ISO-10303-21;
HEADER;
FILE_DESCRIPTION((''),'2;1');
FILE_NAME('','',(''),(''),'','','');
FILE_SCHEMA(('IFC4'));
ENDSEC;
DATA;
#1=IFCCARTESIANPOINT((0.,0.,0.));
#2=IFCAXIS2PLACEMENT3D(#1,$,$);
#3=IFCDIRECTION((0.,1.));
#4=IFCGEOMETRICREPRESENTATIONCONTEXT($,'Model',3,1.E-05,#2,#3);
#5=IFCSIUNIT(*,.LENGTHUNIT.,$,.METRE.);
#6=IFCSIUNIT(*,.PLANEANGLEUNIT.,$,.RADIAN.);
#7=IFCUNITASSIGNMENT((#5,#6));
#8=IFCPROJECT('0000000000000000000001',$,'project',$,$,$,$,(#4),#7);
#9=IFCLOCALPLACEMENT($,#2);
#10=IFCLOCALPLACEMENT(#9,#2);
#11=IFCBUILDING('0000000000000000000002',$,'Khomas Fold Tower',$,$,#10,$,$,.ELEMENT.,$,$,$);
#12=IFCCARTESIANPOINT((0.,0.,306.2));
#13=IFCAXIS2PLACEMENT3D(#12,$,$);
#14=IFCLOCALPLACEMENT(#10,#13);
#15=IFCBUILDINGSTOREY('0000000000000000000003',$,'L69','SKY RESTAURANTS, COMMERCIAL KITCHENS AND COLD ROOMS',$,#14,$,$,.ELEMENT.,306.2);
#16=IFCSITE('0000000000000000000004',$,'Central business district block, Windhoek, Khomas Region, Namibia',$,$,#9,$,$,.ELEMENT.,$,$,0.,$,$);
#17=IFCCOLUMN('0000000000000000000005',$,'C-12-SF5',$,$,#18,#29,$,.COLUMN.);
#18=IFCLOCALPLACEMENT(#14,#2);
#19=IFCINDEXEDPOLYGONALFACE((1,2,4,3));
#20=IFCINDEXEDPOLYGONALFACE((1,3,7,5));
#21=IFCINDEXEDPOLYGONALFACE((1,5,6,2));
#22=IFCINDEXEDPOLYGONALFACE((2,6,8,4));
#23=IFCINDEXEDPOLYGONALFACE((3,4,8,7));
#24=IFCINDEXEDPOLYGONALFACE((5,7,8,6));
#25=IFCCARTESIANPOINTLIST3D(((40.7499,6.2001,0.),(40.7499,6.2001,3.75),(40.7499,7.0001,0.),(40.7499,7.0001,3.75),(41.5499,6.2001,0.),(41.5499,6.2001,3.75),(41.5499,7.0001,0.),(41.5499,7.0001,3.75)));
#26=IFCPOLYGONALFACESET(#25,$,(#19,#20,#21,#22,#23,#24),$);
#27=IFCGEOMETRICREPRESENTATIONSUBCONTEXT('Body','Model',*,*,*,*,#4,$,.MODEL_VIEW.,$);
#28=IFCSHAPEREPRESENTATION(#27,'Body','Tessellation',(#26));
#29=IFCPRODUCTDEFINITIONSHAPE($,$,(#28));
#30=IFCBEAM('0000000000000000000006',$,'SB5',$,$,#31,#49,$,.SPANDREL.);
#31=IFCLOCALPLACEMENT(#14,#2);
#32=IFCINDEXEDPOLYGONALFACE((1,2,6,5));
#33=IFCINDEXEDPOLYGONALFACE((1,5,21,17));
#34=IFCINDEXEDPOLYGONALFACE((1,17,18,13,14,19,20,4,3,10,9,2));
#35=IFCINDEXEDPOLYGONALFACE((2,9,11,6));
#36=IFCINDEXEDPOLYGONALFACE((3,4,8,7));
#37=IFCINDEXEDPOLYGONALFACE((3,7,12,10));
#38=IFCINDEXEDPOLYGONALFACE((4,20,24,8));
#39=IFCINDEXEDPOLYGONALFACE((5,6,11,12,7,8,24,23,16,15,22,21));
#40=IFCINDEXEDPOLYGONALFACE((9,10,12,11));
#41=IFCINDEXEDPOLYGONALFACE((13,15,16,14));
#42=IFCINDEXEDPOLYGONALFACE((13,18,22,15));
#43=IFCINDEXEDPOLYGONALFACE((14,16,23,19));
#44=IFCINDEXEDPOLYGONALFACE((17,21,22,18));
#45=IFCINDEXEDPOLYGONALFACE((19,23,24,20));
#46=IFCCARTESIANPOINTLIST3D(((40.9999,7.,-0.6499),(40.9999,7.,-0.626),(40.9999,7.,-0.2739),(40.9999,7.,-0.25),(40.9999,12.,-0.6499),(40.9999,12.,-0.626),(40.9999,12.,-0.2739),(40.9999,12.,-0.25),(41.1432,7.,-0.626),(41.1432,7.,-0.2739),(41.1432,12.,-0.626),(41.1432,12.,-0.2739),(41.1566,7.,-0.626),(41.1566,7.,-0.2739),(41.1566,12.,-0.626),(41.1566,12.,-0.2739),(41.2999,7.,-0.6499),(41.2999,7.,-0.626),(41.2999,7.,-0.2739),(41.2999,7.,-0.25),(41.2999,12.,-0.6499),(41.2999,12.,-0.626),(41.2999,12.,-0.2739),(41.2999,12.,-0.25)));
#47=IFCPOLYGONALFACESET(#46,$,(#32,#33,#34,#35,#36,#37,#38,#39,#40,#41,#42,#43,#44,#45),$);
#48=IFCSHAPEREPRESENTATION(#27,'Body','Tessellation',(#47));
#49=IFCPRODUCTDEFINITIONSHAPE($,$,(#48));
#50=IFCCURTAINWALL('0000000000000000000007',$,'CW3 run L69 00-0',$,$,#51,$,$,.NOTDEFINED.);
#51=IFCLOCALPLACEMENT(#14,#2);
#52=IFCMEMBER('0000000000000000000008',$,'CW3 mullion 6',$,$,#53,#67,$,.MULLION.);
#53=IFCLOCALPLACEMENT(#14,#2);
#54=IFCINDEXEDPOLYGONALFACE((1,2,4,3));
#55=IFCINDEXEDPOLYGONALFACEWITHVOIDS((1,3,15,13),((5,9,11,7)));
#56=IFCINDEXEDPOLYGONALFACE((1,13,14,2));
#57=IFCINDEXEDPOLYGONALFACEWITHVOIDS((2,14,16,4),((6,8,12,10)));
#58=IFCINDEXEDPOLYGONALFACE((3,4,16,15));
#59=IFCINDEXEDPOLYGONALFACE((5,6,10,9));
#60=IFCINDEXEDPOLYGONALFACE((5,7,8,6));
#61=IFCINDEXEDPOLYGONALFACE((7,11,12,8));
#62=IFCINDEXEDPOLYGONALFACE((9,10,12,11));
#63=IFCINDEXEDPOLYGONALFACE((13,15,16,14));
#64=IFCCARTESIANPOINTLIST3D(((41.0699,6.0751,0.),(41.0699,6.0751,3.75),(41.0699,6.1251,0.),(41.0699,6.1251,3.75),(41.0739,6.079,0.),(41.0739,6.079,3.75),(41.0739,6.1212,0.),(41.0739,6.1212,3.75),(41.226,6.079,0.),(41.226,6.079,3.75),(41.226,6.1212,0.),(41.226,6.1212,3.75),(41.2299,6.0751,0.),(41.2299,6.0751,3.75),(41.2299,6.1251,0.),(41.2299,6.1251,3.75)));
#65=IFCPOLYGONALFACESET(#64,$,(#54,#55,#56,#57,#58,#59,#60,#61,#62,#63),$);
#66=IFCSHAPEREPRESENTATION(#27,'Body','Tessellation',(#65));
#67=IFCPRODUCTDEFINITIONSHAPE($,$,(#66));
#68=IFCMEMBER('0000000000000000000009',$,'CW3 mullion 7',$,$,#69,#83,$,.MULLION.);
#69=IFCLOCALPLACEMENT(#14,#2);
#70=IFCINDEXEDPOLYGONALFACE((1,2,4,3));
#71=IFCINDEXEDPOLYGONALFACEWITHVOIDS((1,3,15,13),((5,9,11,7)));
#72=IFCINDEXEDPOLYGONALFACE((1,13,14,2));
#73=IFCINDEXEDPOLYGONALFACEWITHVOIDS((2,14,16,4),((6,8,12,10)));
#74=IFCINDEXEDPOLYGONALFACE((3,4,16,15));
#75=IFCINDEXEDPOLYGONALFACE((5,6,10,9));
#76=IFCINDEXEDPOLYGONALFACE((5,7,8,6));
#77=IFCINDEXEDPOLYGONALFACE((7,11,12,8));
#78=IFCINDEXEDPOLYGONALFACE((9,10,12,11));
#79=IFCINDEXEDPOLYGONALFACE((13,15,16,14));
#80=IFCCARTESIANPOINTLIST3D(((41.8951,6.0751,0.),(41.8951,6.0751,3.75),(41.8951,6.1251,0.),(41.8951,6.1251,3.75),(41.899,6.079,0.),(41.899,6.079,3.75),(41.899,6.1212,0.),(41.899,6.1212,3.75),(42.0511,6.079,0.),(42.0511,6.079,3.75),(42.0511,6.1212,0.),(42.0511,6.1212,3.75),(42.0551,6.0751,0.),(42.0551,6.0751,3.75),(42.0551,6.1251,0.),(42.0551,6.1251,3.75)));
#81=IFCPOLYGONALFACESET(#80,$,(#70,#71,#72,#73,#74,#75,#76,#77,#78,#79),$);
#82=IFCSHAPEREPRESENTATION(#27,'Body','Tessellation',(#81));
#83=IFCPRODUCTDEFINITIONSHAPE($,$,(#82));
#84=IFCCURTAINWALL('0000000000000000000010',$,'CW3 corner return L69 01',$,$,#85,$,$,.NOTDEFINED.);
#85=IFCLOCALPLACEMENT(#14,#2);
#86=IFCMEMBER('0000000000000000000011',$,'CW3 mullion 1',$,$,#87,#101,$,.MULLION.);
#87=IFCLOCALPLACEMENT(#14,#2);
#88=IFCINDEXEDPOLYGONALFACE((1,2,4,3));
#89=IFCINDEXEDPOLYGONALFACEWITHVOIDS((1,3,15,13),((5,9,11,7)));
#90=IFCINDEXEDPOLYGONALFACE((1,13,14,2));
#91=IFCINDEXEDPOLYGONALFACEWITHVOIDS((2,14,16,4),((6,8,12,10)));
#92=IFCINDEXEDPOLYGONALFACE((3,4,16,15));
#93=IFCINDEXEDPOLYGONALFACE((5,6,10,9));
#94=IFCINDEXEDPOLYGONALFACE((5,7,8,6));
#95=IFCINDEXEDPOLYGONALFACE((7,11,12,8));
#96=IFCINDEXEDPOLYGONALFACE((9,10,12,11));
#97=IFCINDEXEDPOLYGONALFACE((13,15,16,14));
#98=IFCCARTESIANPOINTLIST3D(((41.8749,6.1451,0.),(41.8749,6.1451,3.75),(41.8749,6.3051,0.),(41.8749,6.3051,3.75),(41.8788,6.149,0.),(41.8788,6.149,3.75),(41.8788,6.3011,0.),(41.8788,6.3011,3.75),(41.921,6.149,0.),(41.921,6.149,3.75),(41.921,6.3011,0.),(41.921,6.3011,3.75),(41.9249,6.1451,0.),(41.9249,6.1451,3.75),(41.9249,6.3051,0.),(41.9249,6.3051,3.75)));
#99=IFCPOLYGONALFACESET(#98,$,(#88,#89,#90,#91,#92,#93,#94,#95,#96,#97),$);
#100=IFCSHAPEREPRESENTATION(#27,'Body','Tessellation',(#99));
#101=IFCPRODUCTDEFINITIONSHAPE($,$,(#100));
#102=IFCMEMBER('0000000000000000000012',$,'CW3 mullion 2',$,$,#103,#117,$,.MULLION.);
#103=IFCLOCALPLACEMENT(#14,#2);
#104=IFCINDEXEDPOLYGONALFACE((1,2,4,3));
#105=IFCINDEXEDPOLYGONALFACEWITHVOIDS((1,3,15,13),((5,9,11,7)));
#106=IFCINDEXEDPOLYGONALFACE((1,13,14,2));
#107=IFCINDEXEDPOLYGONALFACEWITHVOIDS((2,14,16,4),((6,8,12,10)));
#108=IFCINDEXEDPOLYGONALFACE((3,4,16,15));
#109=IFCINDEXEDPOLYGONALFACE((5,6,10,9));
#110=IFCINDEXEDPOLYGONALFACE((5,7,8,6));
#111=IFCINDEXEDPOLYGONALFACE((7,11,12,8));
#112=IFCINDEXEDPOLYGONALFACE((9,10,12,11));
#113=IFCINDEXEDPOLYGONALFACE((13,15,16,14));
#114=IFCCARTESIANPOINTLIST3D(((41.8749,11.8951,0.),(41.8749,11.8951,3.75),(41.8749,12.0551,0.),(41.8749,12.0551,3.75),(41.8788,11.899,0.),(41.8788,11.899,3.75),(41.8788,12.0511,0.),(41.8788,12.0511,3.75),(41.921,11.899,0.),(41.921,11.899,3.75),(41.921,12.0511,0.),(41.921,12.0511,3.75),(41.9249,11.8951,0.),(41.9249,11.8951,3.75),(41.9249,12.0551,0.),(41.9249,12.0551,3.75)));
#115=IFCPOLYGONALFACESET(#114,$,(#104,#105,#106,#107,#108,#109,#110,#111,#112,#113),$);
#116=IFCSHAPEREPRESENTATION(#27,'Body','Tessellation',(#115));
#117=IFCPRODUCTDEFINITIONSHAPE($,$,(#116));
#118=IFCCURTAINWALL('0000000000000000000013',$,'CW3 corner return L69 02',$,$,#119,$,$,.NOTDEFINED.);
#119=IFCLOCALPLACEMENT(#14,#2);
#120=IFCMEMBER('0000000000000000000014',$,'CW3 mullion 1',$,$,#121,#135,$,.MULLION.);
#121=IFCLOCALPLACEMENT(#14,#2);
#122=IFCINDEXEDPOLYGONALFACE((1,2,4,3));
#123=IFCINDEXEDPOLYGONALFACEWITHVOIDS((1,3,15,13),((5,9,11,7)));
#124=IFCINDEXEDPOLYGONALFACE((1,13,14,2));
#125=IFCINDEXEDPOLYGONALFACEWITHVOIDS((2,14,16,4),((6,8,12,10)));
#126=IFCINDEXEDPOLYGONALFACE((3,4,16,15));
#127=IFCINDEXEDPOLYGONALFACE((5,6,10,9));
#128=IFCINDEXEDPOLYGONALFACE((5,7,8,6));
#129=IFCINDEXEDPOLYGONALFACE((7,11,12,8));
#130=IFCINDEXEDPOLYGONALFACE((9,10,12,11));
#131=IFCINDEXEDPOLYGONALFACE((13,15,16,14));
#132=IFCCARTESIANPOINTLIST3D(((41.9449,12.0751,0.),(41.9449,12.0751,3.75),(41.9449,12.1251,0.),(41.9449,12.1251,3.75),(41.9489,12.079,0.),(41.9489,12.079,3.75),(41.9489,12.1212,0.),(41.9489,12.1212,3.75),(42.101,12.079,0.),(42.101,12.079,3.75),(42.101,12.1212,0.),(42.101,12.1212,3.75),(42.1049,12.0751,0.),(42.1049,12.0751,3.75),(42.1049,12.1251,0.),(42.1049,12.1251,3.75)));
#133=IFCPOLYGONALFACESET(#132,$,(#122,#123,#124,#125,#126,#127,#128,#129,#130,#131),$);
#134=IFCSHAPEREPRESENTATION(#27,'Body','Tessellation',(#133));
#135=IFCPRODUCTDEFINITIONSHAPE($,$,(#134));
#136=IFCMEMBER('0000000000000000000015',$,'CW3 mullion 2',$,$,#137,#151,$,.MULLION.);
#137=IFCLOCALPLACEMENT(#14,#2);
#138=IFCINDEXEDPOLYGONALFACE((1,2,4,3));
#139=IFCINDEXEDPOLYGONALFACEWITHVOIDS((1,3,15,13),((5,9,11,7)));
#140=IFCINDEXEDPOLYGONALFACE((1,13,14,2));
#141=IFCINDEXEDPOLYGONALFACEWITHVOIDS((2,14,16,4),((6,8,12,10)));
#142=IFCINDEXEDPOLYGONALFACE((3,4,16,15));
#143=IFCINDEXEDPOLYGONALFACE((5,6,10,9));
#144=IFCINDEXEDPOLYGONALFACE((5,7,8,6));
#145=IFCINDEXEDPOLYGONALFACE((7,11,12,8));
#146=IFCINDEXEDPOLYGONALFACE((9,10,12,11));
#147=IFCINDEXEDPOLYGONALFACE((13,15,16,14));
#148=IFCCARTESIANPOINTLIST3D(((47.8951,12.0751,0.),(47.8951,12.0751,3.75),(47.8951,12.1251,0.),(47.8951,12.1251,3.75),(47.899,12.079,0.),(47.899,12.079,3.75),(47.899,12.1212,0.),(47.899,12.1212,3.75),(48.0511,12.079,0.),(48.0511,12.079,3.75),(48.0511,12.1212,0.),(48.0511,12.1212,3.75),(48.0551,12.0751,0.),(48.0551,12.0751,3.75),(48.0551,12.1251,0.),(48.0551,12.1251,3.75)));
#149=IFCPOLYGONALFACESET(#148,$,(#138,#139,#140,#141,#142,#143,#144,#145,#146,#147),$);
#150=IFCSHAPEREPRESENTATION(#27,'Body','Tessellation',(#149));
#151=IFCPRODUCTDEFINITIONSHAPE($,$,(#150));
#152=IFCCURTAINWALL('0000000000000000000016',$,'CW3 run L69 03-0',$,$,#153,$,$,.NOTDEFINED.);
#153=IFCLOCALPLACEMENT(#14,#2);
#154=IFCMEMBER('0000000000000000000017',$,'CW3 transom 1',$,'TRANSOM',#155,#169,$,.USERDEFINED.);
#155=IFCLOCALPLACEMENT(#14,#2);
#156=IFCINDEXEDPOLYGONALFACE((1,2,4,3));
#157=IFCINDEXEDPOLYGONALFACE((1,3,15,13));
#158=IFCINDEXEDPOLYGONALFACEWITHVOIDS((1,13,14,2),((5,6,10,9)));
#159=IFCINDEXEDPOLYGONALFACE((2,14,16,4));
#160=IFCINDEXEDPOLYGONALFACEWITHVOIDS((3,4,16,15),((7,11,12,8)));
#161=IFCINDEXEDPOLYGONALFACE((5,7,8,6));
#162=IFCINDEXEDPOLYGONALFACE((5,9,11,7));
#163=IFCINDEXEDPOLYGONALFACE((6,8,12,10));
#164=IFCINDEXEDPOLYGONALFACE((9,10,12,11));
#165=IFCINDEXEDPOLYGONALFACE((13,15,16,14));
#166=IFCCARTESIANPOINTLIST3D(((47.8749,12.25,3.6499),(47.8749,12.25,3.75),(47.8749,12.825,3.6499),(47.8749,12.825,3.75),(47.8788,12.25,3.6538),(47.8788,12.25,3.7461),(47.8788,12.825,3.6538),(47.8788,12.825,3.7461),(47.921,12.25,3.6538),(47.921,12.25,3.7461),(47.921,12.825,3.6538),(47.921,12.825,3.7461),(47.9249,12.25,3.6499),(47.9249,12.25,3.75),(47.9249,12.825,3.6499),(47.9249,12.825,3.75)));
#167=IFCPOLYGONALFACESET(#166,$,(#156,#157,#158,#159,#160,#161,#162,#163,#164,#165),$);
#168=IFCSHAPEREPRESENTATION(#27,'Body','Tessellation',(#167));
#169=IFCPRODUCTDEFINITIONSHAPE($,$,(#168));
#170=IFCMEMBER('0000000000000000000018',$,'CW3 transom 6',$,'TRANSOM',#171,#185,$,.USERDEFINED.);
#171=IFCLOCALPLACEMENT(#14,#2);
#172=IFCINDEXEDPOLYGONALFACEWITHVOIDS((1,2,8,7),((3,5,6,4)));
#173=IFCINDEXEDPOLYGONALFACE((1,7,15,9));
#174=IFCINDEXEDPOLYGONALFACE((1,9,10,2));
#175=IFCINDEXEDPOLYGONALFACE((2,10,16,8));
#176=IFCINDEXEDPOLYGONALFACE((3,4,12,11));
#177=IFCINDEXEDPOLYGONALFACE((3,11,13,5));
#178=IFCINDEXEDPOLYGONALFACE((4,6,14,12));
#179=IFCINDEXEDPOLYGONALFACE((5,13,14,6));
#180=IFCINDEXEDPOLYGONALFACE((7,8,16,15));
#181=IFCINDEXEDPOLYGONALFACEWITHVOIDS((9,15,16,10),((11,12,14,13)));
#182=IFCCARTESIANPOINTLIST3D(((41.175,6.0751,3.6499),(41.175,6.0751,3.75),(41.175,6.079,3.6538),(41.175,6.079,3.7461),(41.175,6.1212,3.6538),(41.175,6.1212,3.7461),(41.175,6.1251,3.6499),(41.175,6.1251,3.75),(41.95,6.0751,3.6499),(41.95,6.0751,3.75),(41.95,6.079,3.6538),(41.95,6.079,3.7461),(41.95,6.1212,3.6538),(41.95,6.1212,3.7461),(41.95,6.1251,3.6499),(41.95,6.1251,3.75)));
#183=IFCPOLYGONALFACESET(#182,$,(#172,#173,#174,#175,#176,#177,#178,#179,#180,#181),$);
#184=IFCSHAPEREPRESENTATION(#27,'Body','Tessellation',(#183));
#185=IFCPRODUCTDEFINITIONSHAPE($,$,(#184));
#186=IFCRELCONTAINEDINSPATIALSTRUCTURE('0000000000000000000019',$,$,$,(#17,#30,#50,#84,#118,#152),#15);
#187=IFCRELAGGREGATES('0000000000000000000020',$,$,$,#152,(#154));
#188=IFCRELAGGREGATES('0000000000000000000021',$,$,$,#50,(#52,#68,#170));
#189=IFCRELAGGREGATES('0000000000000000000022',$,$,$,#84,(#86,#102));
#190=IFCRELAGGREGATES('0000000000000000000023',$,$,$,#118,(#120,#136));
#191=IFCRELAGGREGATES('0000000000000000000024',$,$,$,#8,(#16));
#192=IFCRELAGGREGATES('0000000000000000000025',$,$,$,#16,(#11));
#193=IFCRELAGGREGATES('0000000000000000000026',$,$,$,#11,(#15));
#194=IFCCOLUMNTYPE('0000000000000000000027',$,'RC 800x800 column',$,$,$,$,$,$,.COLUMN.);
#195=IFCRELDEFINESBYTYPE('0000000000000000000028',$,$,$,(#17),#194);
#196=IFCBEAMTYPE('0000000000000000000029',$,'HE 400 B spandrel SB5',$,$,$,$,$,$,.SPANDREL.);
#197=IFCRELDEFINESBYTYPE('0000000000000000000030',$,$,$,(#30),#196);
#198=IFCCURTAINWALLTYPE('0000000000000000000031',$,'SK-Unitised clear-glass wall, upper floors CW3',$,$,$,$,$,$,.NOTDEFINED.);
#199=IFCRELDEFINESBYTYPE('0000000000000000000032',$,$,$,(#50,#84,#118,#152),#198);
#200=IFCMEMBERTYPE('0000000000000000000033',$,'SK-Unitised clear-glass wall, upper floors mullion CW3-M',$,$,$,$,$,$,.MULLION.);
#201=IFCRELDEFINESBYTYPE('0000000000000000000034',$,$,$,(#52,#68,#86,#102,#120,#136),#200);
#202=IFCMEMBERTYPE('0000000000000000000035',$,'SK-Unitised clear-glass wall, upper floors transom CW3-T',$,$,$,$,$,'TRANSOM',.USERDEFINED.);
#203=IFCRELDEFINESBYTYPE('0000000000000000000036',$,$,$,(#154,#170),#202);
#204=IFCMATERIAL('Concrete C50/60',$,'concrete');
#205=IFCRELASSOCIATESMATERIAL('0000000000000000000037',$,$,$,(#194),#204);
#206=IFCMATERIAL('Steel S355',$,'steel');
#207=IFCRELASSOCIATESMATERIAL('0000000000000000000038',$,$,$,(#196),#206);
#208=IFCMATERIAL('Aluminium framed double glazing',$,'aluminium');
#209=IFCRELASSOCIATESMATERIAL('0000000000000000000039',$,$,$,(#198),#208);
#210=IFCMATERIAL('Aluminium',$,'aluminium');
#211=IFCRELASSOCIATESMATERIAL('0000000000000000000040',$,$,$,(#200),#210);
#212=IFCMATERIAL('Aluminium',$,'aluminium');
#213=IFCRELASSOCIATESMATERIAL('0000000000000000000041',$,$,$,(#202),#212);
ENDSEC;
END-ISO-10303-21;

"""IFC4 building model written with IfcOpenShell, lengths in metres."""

from ifc_helpers import new_model, si_unit, direction, frame, origin, origin_2d, place, context, subcontext, project, spatial, rectangle, hollow_rectangle, i_section, extrude, source, transform, mapped, material, material_profile, profile_set, type_object, element, aggregate, save


model = new_model("IFC4")

# Units and contexts
model_context = context("Model", 3, precision=1e-05, world=origin(), true_north=direction((0.0, 1.0)))
body_context = subcontext(model_context, "Body", "Model", "MODEL_VIEW")
ifc_project = project(units=[si_unit("LENGTHUNIT", "METRE"), si_unit("PLANEANGLEUNIT", "RADIAN")], contexts=[model_context])

# Site, building, storey
site_placement = place(None, origin())
site = spatial("IfcSite", under=ifc_project, at=site_placement, Name="Central business district block, Windhoek, Khomas Region, Namibia", CompositionType="ELEMENT", RefElevation=0.0)
building_placement = place(site_placement, origin())
building = spatial("IfcBuilding", under=site, at=building_placement, Name="Khomas Fold Tower", CompositionType="ELEMENT")
storey_placement = place(building_placement, frame((0.0, 0.0, 306.2)))
storey = spatial("IfcBuildingStorey", under=building, at=storey_placement, Name="L69", Description="SKY RESTAURANTS, COMMERCIAL KITCHENS AND COLD ROOMS", CompositionType="ELEMENT", Elevation=306.2)

# Column
ifc_material_1 = material(Name="Concrete C50/60", Category="concrete")
ifc_material_profile_1 = material_profile(ifc_material_1, rectangle(XDim=0.8, YDim=0.8, at=origin_2d()), Name="RC 800x800")
ifc_profile_set_1 = profile_set([ifc_material_profile_1], Name="Concrete C50/60")
column_type = type_object("IfcColumnType", Name="RC 800x800 column", PredefinedType="COLUMN", material=ifc_profile_set_1)
shared_shape_1 = source(origin(), body_context, "Body", "SweptSolid", [
    extrude(rectangle(XDim=0.8, YDim=0.8, at=origin_2d()), origin(), (0.0, 0.0, 1.0), 3.75),
])
column_placement = place(storey_placement, frame((41.1499, 6.6001, 0.0), z_axis=(0.0, 0.0, 1.0), x_axis=(1.0, 0.0, 0.0)))
element("IfcColumn", 1, at=column_placement, inside=storey, type_object=column_type, Name="C-12-SF5", PredefinedType="COLUMN", context=body_context, shape_type="MappedRepresentation", body=[
    mapped(shared_shape_1, transform((0.0, 0.0, 0.0))),
])

# Beam
ifc_material_2 = material(Name="Steel S355", Category="steel")
ifc_material_profile_2 = material_profile(ifc_material_2, i_section(OverallWidth=0.3, OverallDepth=0.3999, WebThickness=0.0134, FlangeThickness=0.0239, at=origin_2d()), Name="HE 400 B")
ifc_profile_set_2 = profile_set([ifc_material_profile_2], Name="Steel S355")
beam_type = type_object("IfcBeamType", Name="HE 400 B spandrel SB5", PredefinedType="SPANDREL", material=ifc_profile_set_2)
shared_shape_2 = source(origin(), body_context, "Body", "SweptSolid", [
    extrude(i_section(OverallWidth=0.3, OverallDepth=0.3999, WebThickness=0.0134, FlangeThickness=0.0239, at=origin_2d()), origin(), (0.0, 0.0, 1.0), 5.0),
])
beam_placement = place(storey_placement, frame((41.1499, 7.0, -0.45), z_axis=(0.0, 1.0, 0.0), x_axis=(-1.0, 0.0, 0.0)))
element("IfcBeam", 2, at=beam_placement, inside=storey, type_object=beam_type, Name="SB5", PredefinedType="SPANDREL", context=body_context, shape_type="MappedRepresentation", body=[
    mapped(shared_shape_2, transform((0.0, 0.0, 0.0))),
])

# Curtain walls, members
ifc_material_3 = material(Name="Aluminium framed double glazing", Category="aluminium")
curtain_wall_type = type_object("IfcCurtainWallType", Name="SK-Unitised clear-glass wall, upper floors CW3", PredefinedType="NOTDEFINED", material=ifc_material_3)
curtain_wall_1_placement = place(storey_placement, origin())
curtain_wall_1 = element("IfcCurtainWall", 3, at=curtain_wall_1_placement, inside=storey, type_object=curtain_wall_type, Name="CW3 run L69 00-0", PredefinedType="NOTDEFINED")
ifc_material_4 = material(Name="Aluminium", Category="aluminium")
ifc_material_profile_3 = material_profile(ifc_material_4, hollow_rectangle(XDim=0.05, YDim=0.1599, WallThickness=0.0039, at=origin_2d()), Name="SK-Unitised clear-glass wall, upper floors mullion CW3-M")
ifc_profile_set_3 = profile_set([ifc_material_profile_3], Name="Aluminium")
member_type_1 = type_object("IfcMemberType", Name="SK-Unitised clear-glass wall, upper floors mullion CW3-M", PredefinedType="MULLION", material=ifc_profile_set_3)
shared_shape_3 = source(origin(), body_context, "Body", "SweptSolid", [
    extrude(hollow_rectangle(XDim=0.05, YDim=0.1599, WallThickness=0.0039, at=origin_2d()), origin(), (0.0, 0.0, 1.0), 3.75),
])
member_1_placement = place(storey_placement, frame((41.1499, 6.1001, 0.0), z_axis=(0.0, 0.0, 1.0), x_axis=(0.0, 1.0, 0.0)))
member_1 = element("IfcMember", 4, at=member_1_placement, type_object=member_type_1, Name="CW3 mullion 6", PredefinedType="MULLION", context=body_context, shape_type="MappedRepresentation", body=[
    mapped(shared_shape_3, transform((0.0, 0.0, 0.0))),
])
member_2_placement = place(storey_placement, frame((41.9751, 6.1001, 0.0), z_axis=(0.0, 0.0, 1.0), x_axis=(0.0, 1.0, 0.0)))
member_2 = element("IfcMember", 5, at=member_2_placement, type_object=member_type_1, Name="CW3 mullion 7", PredefinedType="MULLION", context=body_context, shape_type="MappedRepresentation", body=[
    mapped(shared_shape_3, transform((0.0, 0.0, 0.0))),
])
curtain_wall_2_placement = place(storey_placement, origin())
curtain_wall_2 = element("IfcCurtainWall", 6, at=curtain_wall_2_placement, inside=storey, type_object=curtain_wall_type, Name="CW3 corner return L69 01", PredefinedType="NOTDEFINED")
member_3_placement = place(storey_placement, frame((41.8999, 6.2251, 0.0), z_axis=(0.0, 0.0, 1.0), x_axis=(-1.0, 0.0, 0.0)))
member_3 = element("IfcMember", 7, at=member_3_placement, type_object=member_type_1, Name="CW3 mullion 1", PredefinedType="MULLION", context=body_context, shape_type="MappedRepresentation", body=[
    mapped(shared_shape_3, transform((0.0, 0.0, 0.0))),
])
member_4_placement = place(storey_placement, frame((41.8999, 11.9751, 0.0), z_axis=(0.0, 0.0, 1.0), x_axis=(-1.0, 0.0, 0.0)))
member_4 = element("IfcMember", 8, at=member_4_placement, type_object=member_type_1, Name="CW3 mullion 2", PredefinedType="MULLION", context=body_context, shape_type="MappedRepresentation", body=[
    mapped(shared_shape_3, transform((0.0, 0.0, 0.0))),
])
curtain_wall_3_placement = place(storey_placement, origin())
curtain_wall_3 = element("IfcCurtainWall", 9, at=curtain_wall_3_placement, inside=storey, type_object=curtain_wall_type, Name="CW3 corner return L69 02", PredefinedType="NOTDEFINED")
member_5_placement = place(storey_placement, frame((42.0249, 12.1001, 0.0), z_axis=(0.0, 0.0, 1.0), x_axis=(0.0, 1.0, 0.0)))
member_5 = element("IfcMember", 10, at=member_5_placement, type_object=member_type_1, Name="CW3 mullion 1", PredefinedType="MULLION", context=body_context, shape_type="MappedRepresentation", body=[
    mapped(shared_shape_3, transform((0.0, 0.0, 0.0))),
])
member_6_placement = place(storey_placement, frame((47.9751, 12.1001, 0.0), z_axis=(0.0, 0.0, 1.0), x_axis=(0.0, 1.0, 0.0)))
member_6 = element("IfcMember", 11, at=member_6_placement, type_object=member_type_1, Name="CW3 mullion 2", PredefinedType="MULLION", context=body_context, shape_type="MappedRepresentation", body=[
    mapped(shared_shape_3, transform((0.0, 0.0, 0.0))),
])

# Curtain wall, member
curtain_wall_4_placement = place(storey_placement, origin())
curtain_wall_4 = element("IfcCurtainWall", 12, at=curtain_wall_4_placement, inside=storey, type_object=curtain_wall_type, Name="CW3 run L69 03-0", PredefinedType="NOTDEFINED")
ifc_material_5 = material(Name="Aluminium", Category="aluminium")
ifc_material_profile_4 = material_profile(ifc_material_5, hollow_rectangle(XDim=0.05, YDim=0.1001, WallThickness=0.0039, at=origin_2d()), Name="SK-Unitised clear-glass wall, upper floors transom CW3-T")
ifc_profile_set_4 = profile_set([ifc_material_profile_4], Name="Aluminium")
member_type_2 = type_object("IfcMemberType", Name="SK-Unitised clear-glass wall, upper floors transom CW3-T", ElementType="TRANSOM", PredefinedType="USERDEFINED", material=ifc_profile_set_4)
shared_shape_4 = source(origin(), body_context, "Body", "SweptSolid", [
    extrude(hollow_rectangle(XDim=0.05, YDim=0.1001, WallThickness=0.0039, at=origin_2d()), origin(), (0.0, 0.0, 1.0), 0.575),
])
member_7_placement = place(storey_placement, frame((47.8999, 12.25, 3.7), z_axis=(0.0, 1.0, 0.0), x_axis=(-1.0, 0.0, 0.0)))
member_7 = element("IfcMember", 13, at=member_7_placement, type_object=member_type_2, Name="CW3 transom 1", ObjectType="TRANSOM", PredefinedType="USERDEFINED", context=body_context, shape_type="MappedRepresentation", body=[
    mapped(shared_shape_4, transform((0.0, 0.0, 0.0))),
])

# Member
shared_shape_5 = source(origin(), body_context, "Body", "SweptSolid", [
    extrude(hollow_rectangle(XDim=0.05, YDim=0.1001, WallThickness=0.0039, at=origin_2d()), origin(), (0.0, 0.0, 1.0), 0.7749),
])
member_8_placement = place(storey_placement, frame((41.175, 6.1001, 3.7), z_axis=(1.0, 0.0, 0.0), x_axis=(0.0, 1.0, 0.0)))
member_8 = element("IfcMember", 14, at=member_8_placement, type_object=member_type_2, Name="CW3 transom 6", ObjectType="TRANSOM", PredefinedType="USERDEFINED", context=body_context, shape_type="MappedRepresentation", body=[
    mapped(shared_shape_5, transform((0.0, 0.0, 0.0))),
])

aggregate(curtain_wall_4, [member_7])
aggregate(curtain_wall_1, [member_1, member_2, member_8])
aggregate(curtain_wall_2, [member_3, member_4])
aggregate(curtain_wall_3, [member_5, member_6])

save(model, "model.ifc")
